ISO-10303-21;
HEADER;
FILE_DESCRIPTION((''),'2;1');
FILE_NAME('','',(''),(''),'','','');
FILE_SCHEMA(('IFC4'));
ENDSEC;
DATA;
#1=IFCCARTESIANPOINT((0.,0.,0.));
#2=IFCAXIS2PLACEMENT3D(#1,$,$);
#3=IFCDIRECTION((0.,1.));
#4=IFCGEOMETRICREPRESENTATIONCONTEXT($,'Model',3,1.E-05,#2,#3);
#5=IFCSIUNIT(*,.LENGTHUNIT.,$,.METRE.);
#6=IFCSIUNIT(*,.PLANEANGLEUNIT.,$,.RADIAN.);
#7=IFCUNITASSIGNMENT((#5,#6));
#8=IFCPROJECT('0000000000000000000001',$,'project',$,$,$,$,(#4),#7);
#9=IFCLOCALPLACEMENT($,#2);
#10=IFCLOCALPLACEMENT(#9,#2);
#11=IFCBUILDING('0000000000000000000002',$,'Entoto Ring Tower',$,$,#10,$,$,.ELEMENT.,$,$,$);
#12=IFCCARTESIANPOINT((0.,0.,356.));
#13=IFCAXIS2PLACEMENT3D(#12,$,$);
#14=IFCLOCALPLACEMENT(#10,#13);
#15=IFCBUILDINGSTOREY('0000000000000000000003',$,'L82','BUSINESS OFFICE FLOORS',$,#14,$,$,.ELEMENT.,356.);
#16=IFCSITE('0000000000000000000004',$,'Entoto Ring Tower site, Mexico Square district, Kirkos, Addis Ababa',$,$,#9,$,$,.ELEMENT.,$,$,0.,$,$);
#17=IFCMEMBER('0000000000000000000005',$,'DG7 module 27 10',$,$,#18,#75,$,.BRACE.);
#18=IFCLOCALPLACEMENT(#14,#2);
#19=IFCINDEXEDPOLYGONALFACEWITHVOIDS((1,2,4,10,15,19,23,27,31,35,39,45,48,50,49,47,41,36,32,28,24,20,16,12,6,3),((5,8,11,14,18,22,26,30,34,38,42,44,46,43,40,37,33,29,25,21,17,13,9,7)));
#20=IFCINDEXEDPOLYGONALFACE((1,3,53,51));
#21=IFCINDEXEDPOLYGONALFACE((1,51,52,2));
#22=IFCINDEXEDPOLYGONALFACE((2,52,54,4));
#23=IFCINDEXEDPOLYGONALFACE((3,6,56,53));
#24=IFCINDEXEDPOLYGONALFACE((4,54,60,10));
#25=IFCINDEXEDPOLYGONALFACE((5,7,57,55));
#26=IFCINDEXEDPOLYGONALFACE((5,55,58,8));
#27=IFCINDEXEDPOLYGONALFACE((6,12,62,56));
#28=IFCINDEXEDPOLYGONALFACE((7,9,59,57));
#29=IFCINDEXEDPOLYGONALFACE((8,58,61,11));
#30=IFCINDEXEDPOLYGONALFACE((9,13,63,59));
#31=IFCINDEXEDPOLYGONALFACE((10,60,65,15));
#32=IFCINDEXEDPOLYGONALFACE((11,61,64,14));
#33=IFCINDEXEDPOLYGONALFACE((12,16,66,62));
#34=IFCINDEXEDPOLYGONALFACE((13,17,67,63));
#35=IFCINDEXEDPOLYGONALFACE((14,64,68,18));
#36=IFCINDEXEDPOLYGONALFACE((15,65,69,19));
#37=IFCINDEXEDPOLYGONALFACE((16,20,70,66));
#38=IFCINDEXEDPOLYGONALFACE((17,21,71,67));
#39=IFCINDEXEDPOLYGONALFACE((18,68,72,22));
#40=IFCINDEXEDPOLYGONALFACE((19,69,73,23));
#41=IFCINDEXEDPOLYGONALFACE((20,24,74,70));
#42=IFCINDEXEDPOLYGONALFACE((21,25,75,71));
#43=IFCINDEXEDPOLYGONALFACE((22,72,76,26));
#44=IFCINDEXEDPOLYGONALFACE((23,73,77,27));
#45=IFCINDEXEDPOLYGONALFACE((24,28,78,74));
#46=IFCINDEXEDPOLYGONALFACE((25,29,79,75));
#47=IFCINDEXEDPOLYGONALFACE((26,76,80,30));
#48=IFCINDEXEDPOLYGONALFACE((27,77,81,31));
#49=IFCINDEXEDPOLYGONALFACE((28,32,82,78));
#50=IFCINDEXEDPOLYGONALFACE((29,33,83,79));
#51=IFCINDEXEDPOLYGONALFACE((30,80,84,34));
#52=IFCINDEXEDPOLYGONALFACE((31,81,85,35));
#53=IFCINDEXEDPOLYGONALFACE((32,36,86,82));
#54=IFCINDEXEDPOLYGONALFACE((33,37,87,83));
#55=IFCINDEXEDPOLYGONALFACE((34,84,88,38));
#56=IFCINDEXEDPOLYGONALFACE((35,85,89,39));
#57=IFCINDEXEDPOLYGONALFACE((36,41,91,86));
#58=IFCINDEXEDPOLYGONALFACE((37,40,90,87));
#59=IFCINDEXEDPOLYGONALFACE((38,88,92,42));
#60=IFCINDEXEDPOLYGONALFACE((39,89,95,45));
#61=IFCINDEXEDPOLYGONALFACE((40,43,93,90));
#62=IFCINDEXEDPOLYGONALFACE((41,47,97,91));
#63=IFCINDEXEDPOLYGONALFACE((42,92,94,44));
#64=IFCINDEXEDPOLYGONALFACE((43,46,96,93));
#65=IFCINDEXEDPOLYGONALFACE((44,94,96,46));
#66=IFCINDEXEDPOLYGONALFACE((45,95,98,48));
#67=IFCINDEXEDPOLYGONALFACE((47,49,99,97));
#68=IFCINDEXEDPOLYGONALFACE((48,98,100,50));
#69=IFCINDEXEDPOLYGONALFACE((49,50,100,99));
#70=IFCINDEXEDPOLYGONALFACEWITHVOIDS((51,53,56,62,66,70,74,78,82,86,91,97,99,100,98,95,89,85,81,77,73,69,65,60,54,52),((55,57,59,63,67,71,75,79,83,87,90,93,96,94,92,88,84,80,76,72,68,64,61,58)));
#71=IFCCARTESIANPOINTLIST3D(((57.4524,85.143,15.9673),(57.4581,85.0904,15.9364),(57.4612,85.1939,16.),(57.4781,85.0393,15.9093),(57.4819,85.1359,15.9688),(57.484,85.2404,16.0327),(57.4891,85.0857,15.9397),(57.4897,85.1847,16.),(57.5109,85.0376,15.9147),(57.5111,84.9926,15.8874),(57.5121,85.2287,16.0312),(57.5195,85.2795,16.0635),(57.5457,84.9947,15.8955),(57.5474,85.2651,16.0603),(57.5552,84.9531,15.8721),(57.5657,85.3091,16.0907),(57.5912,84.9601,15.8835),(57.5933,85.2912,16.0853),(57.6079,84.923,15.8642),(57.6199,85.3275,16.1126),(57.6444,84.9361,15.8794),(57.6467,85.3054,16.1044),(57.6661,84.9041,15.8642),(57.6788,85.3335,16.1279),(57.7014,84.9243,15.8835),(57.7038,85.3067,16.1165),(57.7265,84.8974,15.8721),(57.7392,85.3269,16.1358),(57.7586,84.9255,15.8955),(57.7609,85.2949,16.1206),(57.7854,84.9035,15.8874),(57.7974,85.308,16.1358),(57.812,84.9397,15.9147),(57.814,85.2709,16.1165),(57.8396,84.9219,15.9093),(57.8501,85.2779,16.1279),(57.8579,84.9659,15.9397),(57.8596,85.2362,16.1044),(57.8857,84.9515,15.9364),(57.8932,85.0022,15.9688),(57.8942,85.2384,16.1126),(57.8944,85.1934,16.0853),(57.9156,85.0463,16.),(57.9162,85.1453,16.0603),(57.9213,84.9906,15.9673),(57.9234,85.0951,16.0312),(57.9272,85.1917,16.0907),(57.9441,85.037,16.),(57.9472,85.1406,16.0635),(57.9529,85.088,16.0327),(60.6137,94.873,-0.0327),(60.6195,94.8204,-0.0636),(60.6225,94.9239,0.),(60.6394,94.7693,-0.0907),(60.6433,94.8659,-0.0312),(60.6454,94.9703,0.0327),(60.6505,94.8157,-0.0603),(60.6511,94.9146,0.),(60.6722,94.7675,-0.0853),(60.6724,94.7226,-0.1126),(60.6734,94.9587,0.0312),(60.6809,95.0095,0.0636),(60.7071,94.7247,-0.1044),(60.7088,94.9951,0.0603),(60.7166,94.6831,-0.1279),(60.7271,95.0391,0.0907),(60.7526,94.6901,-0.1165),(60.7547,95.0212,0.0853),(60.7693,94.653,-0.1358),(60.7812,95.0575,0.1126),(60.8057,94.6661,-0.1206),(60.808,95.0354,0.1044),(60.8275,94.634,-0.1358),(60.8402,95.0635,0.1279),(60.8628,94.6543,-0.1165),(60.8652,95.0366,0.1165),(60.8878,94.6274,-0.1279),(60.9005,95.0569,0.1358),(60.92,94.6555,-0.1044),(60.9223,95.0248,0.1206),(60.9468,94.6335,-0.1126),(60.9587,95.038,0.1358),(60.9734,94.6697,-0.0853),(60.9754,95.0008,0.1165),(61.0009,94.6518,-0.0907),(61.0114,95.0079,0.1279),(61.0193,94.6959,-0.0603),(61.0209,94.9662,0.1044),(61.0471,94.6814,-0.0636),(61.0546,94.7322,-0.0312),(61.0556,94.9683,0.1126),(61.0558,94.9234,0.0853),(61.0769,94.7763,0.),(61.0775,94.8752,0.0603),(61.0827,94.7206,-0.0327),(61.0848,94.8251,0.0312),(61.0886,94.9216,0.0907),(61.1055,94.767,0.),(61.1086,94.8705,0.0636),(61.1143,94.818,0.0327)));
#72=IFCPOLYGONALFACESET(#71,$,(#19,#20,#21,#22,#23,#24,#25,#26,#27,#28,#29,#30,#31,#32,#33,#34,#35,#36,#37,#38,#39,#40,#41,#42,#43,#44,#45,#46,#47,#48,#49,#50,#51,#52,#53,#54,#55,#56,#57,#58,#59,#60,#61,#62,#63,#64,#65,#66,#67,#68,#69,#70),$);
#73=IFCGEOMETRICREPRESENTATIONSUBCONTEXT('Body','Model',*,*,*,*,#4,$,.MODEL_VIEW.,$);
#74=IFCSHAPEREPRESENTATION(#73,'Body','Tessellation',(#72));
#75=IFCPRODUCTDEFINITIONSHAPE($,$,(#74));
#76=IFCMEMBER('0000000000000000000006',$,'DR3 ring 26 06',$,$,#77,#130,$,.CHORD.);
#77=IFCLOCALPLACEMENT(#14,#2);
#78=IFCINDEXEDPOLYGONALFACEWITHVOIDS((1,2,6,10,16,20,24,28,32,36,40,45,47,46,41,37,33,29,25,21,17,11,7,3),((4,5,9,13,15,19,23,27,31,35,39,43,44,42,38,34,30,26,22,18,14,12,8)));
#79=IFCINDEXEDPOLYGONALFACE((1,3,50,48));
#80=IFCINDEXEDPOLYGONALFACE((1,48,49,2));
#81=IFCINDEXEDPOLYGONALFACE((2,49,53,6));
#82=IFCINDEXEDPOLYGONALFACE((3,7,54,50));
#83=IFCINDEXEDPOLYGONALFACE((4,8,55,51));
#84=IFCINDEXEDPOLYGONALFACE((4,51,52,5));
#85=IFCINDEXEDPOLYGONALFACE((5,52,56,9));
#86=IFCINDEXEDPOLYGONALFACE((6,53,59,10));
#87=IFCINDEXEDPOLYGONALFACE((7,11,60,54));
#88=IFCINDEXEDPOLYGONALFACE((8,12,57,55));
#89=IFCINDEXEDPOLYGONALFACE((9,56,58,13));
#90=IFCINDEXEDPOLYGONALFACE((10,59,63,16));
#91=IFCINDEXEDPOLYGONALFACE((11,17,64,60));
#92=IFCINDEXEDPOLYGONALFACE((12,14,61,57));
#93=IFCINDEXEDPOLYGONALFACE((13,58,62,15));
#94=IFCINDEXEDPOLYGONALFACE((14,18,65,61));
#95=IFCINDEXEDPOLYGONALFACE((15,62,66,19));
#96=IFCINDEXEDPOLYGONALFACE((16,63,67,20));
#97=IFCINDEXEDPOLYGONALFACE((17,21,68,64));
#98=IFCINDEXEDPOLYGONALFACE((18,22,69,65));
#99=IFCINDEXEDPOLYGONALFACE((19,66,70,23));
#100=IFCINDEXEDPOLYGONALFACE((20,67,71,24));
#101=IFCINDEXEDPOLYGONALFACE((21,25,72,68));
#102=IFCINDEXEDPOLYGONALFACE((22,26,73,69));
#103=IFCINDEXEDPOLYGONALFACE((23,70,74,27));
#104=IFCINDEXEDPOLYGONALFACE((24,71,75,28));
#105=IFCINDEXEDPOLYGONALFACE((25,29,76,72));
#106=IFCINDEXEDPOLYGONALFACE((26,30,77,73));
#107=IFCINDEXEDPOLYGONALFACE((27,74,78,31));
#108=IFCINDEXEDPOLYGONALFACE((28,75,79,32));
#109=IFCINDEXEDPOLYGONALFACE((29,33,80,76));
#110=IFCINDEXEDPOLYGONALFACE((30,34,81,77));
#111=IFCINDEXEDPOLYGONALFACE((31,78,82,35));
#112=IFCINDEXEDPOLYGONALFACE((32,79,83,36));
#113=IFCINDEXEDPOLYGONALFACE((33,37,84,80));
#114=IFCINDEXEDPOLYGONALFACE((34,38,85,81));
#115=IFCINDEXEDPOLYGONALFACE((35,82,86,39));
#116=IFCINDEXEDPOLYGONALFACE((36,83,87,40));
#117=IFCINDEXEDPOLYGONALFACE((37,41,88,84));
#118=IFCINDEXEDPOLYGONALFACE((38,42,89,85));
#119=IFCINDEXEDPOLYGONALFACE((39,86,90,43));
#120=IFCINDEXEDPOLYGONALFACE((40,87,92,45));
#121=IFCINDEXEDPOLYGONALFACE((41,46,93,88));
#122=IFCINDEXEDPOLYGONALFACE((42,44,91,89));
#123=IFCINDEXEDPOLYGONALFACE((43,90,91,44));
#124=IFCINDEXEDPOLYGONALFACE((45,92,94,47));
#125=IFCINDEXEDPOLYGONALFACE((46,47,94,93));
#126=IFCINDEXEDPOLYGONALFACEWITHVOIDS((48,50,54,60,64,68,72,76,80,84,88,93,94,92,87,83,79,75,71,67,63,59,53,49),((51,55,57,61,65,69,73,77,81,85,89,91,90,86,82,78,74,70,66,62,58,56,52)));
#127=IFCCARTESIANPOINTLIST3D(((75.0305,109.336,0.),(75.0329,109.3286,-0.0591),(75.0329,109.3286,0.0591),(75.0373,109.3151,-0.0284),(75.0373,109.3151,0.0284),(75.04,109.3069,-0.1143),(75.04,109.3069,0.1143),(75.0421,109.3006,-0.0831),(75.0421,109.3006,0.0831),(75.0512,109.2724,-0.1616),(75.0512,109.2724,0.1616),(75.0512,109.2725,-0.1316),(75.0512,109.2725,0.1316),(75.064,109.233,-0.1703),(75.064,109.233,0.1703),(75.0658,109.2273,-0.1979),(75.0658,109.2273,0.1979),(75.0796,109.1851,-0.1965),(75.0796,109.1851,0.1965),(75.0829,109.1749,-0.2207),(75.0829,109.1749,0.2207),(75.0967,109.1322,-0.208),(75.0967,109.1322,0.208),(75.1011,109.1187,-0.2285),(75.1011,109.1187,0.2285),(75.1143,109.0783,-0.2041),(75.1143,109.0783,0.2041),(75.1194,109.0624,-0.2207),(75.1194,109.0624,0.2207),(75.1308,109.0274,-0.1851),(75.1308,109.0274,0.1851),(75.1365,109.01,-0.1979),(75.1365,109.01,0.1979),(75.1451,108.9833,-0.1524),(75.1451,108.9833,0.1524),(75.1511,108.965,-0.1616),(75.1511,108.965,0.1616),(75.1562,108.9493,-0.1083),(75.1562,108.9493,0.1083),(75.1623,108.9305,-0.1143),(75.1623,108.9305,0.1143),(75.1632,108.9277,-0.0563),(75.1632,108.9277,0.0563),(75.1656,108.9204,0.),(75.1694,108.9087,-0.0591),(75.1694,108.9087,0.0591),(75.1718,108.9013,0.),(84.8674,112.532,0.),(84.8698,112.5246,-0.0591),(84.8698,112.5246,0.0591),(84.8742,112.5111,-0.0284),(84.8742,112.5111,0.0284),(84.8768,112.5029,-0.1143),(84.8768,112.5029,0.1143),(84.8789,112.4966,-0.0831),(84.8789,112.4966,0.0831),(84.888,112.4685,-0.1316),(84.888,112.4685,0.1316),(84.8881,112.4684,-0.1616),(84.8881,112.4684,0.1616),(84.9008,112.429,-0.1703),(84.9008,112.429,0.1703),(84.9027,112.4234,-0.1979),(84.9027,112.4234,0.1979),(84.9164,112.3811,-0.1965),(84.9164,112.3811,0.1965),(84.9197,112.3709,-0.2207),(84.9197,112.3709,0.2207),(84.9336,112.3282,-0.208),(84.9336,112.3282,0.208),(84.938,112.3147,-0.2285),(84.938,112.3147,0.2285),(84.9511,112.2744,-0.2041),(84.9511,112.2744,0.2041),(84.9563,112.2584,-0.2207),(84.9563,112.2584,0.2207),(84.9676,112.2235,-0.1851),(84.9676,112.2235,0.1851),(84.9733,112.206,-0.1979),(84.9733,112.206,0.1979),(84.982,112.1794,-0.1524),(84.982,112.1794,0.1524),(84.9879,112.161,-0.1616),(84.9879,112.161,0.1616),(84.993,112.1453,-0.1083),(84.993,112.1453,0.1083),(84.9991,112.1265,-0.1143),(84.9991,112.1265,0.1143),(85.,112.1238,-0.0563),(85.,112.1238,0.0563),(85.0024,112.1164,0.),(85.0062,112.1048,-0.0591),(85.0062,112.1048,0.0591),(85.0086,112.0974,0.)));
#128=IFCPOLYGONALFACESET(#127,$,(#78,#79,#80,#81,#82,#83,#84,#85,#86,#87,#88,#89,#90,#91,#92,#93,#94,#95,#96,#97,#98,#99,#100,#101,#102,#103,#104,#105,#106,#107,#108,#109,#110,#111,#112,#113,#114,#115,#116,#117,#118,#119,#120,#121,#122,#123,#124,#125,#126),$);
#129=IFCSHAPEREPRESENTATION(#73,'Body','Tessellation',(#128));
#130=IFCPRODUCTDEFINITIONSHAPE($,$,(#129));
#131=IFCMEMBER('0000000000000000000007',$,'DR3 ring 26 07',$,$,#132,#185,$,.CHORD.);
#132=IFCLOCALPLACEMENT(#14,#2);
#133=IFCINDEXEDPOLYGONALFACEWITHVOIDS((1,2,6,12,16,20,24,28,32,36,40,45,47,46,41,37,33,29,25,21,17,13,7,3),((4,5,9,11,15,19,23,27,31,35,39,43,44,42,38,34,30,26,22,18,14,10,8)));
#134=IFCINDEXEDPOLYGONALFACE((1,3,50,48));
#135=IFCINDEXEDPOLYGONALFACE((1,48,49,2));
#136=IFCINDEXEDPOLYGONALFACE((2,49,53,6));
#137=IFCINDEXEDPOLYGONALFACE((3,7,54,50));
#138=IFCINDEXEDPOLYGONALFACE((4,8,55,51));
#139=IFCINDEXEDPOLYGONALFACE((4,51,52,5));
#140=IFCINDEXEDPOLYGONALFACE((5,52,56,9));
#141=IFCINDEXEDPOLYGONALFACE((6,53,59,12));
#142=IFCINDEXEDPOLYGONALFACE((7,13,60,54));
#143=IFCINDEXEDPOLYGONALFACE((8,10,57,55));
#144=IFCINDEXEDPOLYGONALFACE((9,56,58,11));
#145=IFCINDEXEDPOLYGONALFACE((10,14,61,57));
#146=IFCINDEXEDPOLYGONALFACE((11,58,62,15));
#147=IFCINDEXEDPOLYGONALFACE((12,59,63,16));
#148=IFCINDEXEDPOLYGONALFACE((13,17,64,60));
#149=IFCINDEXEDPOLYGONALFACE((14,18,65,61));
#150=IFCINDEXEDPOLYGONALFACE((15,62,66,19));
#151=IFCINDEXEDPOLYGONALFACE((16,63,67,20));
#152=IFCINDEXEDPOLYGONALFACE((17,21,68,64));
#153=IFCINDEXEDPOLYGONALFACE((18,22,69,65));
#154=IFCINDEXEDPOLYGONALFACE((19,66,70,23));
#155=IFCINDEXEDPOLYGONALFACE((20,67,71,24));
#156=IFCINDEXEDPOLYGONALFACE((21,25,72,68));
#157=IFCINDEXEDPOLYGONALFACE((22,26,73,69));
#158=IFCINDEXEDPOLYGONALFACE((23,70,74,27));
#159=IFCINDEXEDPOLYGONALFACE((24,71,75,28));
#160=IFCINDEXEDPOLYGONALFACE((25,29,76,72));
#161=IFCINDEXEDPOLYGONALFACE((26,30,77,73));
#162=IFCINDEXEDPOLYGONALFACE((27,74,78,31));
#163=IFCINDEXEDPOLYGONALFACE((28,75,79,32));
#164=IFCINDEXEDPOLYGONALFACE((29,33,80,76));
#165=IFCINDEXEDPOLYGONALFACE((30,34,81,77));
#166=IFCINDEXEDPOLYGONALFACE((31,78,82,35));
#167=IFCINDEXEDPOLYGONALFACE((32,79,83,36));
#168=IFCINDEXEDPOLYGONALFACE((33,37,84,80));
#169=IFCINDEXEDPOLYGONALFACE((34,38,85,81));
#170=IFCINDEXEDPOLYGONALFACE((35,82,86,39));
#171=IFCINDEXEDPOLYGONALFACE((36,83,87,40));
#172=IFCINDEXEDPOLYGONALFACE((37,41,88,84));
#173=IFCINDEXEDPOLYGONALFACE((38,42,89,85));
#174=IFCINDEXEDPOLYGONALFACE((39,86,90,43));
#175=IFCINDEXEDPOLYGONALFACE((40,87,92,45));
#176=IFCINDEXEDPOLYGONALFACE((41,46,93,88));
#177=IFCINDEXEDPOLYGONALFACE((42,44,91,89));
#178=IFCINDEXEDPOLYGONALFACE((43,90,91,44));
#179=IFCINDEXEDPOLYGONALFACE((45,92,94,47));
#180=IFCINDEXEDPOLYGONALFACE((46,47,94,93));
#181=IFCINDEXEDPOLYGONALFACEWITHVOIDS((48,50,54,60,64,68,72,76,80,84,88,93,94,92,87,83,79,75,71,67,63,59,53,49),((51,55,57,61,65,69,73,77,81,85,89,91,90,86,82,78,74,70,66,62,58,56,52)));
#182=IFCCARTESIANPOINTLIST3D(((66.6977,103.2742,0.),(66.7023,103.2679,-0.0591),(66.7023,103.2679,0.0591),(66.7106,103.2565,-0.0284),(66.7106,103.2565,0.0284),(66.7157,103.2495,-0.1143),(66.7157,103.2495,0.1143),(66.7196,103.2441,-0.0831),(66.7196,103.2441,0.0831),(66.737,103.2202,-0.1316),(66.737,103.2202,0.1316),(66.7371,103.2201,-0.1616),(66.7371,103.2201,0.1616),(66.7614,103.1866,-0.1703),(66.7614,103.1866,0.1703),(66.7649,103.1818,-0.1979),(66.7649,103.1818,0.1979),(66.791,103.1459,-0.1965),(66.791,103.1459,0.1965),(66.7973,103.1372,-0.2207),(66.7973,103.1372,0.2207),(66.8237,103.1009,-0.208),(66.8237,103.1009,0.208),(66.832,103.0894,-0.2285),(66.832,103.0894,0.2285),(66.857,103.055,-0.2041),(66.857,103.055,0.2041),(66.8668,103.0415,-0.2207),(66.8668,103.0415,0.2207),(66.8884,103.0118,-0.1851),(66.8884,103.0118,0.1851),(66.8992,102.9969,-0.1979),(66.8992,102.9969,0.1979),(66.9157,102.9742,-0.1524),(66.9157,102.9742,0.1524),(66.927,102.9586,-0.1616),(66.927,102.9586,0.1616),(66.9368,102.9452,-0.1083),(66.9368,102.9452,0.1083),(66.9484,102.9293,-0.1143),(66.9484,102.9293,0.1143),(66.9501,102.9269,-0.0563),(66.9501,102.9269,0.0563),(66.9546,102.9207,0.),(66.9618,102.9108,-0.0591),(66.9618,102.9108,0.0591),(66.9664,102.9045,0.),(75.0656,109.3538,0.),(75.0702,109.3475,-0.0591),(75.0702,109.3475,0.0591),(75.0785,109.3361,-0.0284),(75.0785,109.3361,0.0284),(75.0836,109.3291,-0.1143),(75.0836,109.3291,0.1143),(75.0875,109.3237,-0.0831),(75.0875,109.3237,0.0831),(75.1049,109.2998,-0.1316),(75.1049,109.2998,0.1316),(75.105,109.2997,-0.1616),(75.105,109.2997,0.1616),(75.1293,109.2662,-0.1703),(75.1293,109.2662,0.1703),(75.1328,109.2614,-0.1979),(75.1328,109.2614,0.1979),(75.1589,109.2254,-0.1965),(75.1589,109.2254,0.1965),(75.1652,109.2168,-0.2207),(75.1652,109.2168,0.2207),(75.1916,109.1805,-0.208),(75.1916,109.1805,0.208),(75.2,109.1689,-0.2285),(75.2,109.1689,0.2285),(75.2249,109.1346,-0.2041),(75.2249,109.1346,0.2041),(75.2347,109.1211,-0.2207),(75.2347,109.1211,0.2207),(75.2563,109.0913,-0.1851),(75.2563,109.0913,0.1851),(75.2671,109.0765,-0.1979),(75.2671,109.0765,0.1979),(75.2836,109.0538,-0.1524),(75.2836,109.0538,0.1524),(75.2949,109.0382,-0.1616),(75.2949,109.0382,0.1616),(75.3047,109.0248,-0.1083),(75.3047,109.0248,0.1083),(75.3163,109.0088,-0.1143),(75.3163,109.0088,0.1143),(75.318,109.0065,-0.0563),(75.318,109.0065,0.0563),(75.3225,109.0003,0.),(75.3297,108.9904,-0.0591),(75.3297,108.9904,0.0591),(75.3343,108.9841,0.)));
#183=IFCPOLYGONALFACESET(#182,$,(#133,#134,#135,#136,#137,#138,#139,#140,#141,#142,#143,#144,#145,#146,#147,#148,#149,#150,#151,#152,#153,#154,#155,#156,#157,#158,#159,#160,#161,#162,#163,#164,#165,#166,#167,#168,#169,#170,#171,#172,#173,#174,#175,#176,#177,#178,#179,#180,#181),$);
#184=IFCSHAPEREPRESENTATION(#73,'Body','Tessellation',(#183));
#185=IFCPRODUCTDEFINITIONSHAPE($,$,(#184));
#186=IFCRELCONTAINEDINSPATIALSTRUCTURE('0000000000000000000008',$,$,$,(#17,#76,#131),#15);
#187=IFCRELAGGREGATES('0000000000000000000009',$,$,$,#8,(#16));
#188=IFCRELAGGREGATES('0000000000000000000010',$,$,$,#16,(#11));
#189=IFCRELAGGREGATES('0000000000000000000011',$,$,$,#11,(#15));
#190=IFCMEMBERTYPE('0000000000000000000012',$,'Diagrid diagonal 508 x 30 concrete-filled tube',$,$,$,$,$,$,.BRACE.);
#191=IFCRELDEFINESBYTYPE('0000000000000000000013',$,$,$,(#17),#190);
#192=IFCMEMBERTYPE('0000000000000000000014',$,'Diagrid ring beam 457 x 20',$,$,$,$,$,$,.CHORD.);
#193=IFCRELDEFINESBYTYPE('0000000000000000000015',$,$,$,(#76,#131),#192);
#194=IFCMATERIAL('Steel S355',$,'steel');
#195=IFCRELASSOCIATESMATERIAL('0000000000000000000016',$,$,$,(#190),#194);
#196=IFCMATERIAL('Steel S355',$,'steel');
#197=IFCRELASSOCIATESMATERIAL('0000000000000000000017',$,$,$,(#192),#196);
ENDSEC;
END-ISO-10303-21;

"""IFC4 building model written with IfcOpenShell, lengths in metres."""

from ifc_helpers import new_model, si_unit, direction, frame, origin, origin_2d, place, context, subcontext, project, spatial, circle, hollow_circle, extrude, material, material_profile, profile_set, type_object, element, save


model = new_model("IFC4")

# Units and contexts
model_context = context("Model", 3, precision=1e-05, world=origin(), true_north=direction((0.0, 1.0)))
body_context = subcontext(model_context, "Body", "Model", "MODEL_VIEW")
ifc_project = project(units=[si_unit("LENGTHUNIT", "METRE"), si_unit("PLANEANGLEUNIT", "RADIAN")], contexts=[model_context])

# Site, building, storey
site_placement = place(None, origin())
site = spatial("IfcSite", under=ifc_project, at=site_placement, Name="Entoto Ring Tower site, Mexico Square district, Kirkos, Addis Ababa", CompositionType="ELEMENT", RefElevation=0.0)
building_placement = place(site_placement, origin())
building = spatial("IfcBuilding", under=site, at=building_placement, Name="Entoto Ring Tower", CompositionType="ELEMENT")
storey_placement = place(building_placement, frame((0.0, 0.0, 356.0)))
storey = spatial("IfcBuildingStorey", under=building, at=storey_placement, Name="L82", Description="BUSINESS OFFICE FLOORS", CompositionType="ELEMENT", Elevation=356.0)

# Members
ifc_material_1 = material(Name="Steel S355", Category="steel")
ifc_material_profile_1 = material_profile(ifc_material_1, hollow_circle(Radius=0.2539, WallThickness=0.03, at=origin_2d()), Name="CHS 508 x 30")
ifc_material_2 = material(Name="Concrete C60/75", Category="concrete")
ifc_material_profile_2 = material_profile(ifc_material_2, circle(Radius=0.2241, at=origin_2d()), Name="Concrete C60/75 infill")
ifc_profile_set_1 = profile_set([ifc_material_profile_1, ifc_material_profile_2], Name="Steel S355")
member_type_1 = type_object("IfcMemberType", Name="Diagrid diagonal 508 x 30 concrete-filled tube", PredefinedType="BRACE", material=ifc_profile_set_1)
for number, where, z_axis, x_axis, name in (
    (1, (60.864, 94.8455, 0.0), (-0.166465, -0.512341, 0.842494), (0.951059, -0.309009, 0.0), "DG7 module 27 10"),
):
    element("IfcMember", number, at=place(storey_placement, frame(where, z_axis=z_axis, x_axis=x_axis)), inside=storey, type_object=member_type_1, Name=name, PredefinedType="BRACE", context=body_context, shape_type="SweptSolid", body=[
        extrude(hollow_circle(Radius=0.2539, WallThickness=0.03, at=origin_2d()), origin(), (0.0, 0.0, 1.0), 18.9912),
    ])
ifc_material_3 = material(Name="Steel S355", Category="steel")
ifc_material_profile_3 = material_profile(ifc_material_3, hollow_circle(Radius=0.2285, WallThickness=0.02, at=origin_2d()), Name="CHS 457 x 20")
ifc_material_4 = material(Name="Concrete C60/75", Category="concrete")
ifc_material_profile_4 = material_profile(ifc_material_4, circle(Radius=0.2085, at=origin_2d()), Name="Concrete C60/75 infill")
ifc_profile_set_2 = profile_set([ifc_material_profile_3, ifc_material_profile_4], Name="Steel S355")
member_type_2 = type_object("IfcMemberType", Name="Diagrid ring beam 457 x 20", PredefinedType="CHORD", material=ifc_profile_set_2)
member_1_placement = place(storey_placement, frame((84.938, 112.3147, 0.0), z_axis=(-0.951061, -0.309003, 0.0), x_axis=(0.309003, -0.951061, 0.0)))
element("IfcMember", 2, at=member_1_placement, inside=storey, type_object=member_type_2, Name="DR3 ring 26 06", PredefinedType="CHORD", context=body_context, shape_type="SweptSolid", body=[
    extrude(hollow_circle(Radius=0.2285, WallThickness=0.02, at=origin_2d()), origin(), (0.0, 0.0, 1.0), 10.343),
])
for number, where, z_axis, x_axis, name in (
    (3, (75.2, 109.1689, 0.0), (-0.80902, -0.587781, 0.0), (0.587781, -0.80902, 0.0), "DR3 ring 26 07"),
):
    element("IfcMember", number, at=place(storey_placement, frame(where, z_axis=z_axis, x_axis=x_axis)), inside=storey, type_object=member_type_2, Name=name, PredefinedType="CHORD", context=body_context, shape_type="SweptSolid", body=[
        extrude(hollow_circle(Radius=0.2285, WallThickness=0.02, at=origin_2d()), origin(), (0.0, 0.0, 1.0), 10.3433),
    ])

save(model, "model.ifc")
